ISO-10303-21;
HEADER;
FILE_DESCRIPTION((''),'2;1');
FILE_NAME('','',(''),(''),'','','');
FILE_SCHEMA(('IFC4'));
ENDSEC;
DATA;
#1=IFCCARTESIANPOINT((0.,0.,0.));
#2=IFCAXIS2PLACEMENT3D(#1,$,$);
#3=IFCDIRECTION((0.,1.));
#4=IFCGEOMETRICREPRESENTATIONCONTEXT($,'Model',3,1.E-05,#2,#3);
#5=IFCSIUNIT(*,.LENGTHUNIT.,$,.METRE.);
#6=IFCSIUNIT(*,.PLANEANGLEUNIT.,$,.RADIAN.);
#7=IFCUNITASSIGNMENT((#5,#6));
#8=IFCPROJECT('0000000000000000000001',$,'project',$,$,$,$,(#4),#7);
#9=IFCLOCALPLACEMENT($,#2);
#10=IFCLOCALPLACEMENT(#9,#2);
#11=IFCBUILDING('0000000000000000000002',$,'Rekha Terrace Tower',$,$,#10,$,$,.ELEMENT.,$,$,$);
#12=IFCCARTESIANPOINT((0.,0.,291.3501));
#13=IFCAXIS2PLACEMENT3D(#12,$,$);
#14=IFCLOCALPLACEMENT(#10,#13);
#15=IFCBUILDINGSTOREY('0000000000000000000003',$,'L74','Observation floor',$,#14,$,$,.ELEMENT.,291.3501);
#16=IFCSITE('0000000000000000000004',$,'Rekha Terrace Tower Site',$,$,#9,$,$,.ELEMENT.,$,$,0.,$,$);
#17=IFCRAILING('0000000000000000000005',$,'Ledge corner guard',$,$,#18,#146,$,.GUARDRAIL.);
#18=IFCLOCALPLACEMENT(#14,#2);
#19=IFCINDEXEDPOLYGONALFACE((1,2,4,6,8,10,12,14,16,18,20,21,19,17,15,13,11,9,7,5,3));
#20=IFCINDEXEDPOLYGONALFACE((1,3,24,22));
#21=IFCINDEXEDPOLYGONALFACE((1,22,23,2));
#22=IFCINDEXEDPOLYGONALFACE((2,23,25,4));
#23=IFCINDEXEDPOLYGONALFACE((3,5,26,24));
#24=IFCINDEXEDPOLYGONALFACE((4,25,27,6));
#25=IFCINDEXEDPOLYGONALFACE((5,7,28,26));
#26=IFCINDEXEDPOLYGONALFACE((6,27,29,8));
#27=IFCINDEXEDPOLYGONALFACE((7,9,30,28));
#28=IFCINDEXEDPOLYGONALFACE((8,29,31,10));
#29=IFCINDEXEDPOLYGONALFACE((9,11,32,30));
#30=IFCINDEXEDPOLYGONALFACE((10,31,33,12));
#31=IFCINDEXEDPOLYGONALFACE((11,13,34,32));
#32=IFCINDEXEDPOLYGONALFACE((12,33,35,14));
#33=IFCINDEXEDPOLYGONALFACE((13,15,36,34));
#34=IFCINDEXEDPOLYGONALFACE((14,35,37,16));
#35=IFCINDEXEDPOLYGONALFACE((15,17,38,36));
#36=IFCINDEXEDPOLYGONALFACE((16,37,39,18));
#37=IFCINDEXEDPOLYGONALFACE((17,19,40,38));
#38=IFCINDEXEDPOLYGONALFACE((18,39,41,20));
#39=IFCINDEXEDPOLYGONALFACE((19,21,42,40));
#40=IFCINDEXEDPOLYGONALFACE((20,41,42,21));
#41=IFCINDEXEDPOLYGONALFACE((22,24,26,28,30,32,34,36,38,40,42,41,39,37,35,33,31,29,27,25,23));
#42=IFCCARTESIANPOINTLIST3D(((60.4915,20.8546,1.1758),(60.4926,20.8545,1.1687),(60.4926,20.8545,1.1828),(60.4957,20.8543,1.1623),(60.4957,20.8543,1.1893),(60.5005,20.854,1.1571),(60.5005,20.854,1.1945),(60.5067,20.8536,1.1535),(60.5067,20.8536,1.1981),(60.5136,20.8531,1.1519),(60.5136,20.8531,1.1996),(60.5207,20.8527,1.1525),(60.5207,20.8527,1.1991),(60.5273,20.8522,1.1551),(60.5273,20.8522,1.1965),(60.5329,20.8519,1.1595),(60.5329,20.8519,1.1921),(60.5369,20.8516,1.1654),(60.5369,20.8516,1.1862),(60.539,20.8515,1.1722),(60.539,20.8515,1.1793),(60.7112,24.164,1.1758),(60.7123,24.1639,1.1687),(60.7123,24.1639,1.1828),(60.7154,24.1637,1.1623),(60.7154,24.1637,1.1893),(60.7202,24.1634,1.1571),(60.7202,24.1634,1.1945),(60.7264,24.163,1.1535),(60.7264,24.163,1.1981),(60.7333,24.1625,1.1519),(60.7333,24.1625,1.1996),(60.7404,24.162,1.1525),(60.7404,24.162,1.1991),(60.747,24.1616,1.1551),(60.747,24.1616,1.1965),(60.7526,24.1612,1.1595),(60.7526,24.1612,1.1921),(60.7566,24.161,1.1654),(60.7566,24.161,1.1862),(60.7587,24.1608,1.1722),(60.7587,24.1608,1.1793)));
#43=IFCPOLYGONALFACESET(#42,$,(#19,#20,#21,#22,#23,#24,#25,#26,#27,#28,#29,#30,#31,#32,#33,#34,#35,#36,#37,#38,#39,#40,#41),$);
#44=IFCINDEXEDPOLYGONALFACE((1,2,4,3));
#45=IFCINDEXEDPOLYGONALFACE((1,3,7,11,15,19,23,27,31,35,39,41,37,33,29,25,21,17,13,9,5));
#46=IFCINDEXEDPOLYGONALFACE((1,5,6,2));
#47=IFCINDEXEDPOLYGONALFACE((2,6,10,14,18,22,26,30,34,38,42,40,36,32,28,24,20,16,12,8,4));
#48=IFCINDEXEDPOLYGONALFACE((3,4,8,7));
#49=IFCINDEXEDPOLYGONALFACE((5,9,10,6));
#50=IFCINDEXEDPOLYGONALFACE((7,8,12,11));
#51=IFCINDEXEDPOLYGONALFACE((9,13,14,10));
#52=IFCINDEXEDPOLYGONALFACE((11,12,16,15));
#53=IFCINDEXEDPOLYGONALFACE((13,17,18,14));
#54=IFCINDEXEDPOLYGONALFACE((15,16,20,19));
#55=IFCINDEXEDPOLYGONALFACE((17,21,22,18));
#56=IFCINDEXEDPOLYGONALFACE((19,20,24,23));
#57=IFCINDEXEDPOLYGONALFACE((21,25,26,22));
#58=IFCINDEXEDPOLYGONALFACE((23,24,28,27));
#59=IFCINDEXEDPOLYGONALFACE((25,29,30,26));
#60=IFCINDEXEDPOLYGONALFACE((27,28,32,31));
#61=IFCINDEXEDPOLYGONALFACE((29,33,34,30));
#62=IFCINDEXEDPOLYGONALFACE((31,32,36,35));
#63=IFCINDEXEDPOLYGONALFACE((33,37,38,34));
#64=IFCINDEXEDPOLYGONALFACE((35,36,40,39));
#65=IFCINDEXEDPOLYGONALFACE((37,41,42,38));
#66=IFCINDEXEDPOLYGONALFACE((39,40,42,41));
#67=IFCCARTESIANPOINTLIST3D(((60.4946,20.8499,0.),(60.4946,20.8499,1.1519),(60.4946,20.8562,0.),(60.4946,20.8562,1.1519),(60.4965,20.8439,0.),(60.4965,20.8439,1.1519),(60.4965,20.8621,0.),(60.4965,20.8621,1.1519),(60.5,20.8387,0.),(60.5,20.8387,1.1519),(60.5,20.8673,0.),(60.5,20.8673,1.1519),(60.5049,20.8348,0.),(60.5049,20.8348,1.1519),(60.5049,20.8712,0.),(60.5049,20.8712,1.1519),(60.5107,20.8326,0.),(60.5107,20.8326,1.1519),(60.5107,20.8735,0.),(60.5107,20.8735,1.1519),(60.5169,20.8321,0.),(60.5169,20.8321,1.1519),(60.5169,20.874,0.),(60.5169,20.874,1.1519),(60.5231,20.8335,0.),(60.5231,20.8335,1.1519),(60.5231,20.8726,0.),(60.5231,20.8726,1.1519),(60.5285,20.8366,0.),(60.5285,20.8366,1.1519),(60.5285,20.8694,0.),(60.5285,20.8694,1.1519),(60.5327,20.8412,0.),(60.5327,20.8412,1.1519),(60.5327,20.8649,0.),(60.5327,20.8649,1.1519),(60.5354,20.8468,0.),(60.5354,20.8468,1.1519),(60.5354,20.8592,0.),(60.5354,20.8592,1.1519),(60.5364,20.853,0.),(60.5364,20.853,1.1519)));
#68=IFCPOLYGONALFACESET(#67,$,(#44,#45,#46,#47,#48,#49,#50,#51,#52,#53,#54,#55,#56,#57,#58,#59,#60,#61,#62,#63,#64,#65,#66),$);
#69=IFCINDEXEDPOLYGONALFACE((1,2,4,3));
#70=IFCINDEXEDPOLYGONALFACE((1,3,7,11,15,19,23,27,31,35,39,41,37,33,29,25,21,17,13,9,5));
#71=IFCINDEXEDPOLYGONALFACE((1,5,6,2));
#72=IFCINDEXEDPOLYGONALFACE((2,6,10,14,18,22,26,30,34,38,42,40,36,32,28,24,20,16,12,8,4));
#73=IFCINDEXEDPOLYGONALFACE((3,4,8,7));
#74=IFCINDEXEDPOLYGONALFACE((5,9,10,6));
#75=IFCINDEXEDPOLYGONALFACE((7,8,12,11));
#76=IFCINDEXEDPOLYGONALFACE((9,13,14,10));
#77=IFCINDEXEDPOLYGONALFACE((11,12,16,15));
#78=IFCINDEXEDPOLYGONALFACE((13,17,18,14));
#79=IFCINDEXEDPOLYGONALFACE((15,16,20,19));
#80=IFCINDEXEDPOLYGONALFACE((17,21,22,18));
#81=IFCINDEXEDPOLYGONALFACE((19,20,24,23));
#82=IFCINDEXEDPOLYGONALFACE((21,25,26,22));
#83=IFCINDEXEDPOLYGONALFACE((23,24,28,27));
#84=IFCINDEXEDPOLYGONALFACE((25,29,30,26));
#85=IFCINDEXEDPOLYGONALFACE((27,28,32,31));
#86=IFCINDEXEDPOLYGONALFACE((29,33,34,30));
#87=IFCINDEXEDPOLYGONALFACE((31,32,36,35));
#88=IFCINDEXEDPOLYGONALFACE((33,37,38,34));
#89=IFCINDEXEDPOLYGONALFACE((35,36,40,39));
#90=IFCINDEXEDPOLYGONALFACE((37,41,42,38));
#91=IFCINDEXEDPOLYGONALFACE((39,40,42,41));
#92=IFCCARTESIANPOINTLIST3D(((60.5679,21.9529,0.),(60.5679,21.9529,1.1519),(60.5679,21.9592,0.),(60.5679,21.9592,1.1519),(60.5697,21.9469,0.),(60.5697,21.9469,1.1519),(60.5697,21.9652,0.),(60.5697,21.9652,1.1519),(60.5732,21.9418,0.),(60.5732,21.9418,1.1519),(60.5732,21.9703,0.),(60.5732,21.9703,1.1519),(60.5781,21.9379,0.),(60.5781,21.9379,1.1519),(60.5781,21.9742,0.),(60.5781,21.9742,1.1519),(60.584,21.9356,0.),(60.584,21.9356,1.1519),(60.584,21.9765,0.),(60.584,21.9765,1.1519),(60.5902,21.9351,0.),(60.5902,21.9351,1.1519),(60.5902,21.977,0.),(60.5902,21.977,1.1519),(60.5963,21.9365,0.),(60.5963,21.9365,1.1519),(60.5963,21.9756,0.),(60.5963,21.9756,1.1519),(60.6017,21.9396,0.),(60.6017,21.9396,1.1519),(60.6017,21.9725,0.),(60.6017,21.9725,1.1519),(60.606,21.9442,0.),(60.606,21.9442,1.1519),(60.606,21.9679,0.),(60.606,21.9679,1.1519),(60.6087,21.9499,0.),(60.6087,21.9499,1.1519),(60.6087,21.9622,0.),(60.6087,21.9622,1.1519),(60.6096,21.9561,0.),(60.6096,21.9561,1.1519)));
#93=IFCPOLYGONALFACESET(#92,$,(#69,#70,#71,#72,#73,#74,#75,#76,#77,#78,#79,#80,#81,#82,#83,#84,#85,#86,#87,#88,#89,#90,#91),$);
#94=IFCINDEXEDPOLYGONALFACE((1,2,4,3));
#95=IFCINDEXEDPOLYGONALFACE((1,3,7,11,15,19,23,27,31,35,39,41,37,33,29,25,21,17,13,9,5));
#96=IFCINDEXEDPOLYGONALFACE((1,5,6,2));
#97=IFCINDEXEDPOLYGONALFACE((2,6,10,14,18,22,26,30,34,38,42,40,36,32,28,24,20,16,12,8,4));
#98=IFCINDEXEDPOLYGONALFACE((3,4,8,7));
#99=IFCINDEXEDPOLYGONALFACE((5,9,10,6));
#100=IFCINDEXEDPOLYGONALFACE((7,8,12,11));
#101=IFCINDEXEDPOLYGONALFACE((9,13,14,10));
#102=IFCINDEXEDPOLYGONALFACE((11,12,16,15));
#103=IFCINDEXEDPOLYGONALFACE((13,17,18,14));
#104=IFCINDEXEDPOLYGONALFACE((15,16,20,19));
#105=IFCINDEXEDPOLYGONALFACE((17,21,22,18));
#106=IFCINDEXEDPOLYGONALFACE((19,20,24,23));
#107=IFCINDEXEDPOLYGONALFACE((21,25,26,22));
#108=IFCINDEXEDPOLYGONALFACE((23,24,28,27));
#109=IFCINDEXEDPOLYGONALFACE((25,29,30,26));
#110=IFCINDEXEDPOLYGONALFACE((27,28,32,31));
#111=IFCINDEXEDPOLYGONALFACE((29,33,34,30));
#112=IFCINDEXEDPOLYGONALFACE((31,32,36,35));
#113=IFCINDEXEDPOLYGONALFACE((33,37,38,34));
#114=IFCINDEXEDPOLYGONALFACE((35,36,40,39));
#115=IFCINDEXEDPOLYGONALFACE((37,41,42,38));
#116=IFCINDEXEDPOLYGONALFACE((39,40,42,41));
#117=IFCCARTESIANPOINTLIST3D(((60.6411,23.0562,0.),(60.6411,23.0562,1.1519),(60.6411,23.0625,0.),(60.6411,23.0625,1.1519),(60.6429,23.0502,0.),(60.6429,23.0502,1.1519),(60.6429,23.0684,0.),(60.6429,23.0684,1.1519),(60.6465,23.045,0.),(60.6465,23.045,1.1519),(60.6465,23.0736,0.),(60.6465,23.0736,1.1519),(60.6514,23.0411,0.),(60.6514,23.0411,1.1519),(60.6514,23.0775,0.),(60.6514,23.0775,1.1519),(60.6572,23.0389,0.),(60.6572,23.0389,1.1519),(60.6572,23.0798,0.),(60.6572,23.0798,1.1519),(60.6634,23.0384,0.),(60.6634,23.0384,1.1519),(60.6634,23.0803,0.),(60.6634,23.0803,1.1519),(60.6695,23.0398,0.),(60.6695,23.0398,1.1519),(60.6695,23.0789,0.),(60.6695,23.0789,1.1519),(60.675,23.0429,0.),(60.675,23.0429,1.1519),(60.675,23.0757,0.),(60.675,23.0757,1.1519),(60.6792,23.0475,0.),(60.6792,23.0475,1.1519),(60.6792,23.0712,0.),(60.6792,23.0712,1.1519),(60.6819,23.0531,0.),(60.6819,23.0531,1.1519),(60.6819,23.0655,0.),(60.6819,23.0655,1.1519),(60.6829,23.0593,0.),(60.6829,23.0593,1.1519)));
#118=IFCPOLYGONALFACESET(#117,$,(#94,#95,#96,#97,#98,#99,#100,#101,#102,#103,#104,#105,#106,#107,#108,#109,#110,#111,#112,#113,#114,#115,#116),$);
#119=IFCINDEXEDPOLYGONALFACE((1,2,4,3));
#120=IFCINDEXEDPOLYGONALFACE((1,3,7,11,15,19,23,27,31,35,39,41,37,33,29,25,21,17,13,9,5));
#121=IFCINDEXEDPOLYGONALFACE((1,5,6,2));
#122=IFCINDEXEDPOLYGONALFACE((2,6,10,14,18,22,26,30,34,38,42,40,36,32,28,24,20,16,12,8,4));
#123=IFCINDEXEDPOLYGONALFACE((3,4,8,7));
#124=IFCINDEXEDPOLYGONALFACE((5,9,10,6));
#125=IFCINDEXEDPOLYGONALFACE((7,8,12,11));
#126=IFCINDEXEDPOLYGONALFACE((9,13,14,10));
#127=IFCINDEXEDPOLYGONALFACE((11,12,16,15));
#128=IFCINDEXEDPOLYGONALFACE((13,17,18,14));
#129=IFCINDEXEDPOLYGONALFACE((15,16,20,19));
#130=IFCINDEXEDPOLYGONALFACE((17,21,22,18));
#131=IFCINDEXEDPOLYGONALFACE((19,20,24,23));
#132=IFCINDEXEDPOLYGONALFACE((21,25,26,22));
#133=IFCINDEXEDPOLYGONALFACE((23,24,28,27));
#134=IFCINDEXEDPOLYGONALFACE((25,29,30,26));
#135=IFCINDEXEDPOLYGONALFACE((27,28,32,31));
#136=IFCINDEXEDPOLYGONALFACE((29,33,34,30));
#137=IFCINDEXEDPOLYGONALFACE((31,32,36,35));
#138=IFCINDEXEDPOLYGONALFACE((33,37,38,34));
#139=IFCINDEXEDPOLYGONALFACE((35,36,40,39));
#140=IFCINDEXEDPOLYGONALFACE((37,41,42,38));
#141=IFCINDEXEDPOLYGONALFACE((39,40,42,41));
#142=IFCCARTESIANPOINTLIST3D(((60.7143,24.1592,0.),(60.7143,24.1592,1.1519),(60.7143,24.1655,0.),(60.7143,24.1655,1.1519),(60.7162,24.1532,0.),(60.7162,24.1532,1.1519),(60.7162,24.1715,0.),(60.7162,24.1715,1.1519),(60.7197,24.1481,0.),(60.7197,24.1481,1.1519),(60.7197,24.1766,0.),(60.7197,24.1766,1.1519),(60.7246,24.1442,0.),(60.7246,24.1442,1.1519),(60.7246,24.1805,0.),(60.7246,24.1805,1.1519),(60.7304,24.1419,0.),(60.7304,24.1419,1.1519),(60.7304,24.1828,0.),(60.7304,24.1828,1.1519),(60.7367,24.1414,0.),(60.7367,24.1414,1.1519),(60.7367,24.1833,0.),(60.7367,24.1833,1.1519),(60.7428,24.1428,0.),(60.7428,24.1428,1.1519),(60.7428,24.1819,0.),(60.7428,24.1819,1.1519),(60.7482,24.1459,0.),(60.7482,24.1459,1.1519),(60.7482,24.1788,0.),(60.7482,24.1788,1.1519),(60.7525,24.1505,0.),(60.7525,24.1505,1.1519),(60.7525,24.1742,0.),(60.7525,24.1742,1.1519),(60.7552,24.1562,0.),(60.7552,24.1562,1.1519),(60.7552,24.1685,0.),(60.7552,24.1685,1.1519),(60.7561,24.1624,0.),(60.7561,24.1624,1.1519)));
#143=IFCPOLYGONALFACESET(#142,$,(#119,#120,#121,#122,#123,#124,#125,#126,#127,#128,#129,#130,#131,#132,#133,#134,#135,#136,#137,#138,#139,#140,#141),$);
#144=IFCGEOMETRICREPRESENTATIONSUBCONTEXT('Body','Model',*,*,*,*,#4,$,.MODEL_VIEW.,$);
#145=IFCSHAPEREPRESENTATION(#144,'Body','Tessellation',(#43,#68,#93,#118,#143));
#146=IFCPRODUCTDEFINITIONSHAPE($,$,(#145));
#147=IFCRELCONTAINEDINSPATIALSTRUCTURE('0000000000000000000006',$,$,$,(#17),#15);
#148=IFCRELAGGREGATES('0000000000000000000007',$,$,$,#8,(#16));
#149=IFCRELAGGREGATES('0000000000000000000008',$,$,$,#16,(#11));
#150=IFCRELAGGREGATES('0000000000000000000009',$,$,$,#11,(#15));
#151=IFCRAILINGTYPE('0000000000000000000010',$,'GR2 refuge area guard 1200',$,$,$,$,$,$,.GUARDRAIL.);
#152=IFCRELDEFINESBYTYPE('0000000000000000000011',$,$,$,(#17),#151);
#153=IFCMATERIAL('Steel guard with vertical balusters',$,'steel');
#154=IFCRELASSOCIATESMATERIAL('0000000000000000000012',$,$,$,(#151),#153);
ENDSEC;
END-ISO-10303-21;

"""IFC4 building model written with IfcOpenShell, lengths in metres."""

from ifc_helpers import new_model, si_unit, direction, frame, origin, origin_2d, place, context, subcontext, project, spatial, circle, extrude, material, type_object, element, save


model = new_model("IFC4")

# Units and contexts
model_context = context("Model", 3, precision=1e-05, world=origin(), true_north=direction((0.0, 1.0)))
body_context = subcontext(model_context, "Body", "Model", "MODEL_VIEW")
ifc_project = project(units=[si_unit("LENGTHUNIT", "METRE"), si_unit("PLANEANGLEUNIT", "RADIAN")], contexts=[model_context])

# Site, building, storey
site_placement = place(None, origin())
site = spatial("IfcSite", under=ifc_project, at=site_placement, Name="Rekha Terrace Tower Site", CompositionType="ELEMENT", RefElevation=0.0)
building_placement = place(site_placement, origin())
building = spatial("IfcBuilding", under=site, at=building_placement, Name="Rekha Terrace Tower", CompositionType="ELEMENT")
storey_placement = place(building_placement, frame((0.0, 0.0, 291.3501)))
storey = spatial("IfcBuildingStorey", under=building, at=storey_placement, Name="L74", Description="Observation floor", CompositionType="ELEMENT", Elevation=291.3501)

# Railing
ifc_material_1 = material(Name="Steel guard with vertical balusters", Category="steel")
railing_type_1 = type_object("IfcRailingType", Name="GR2 refuge area guard 1200", PredefinedType="GUARDRAIL", material=ifc_material_1)
railing_1_placement = place(storey_placement, frame((60.5154, 20.853, 0.0)))
element("IfcRailing", 1, at=railing_1_placement, inside=storey, type_object=railing_type_1, Name="Ledge corner guard", PredefinedType="GUARDRAIL", context=body_context, shape_type="SweptSolid", body=[
    extrude(circle(Radius=0.0239, at=origin_2d()), frame((0.0, 0.0, 1.1758), z_axis=(0.06625, 0.997803, 0.0), x_axis=(-0.997803, 0.06625, 0.0)), (0.0, 0.0, 1.0), 3.3167),
    extrude(circle(Radius=0.021, at=origin_2d()), origin(), (0.0, 0.0, 1.0), 1.1519),
    extrude(circle(Radius=0.021, at=origin_2d()), frame((0.0732, 1.103, 0.0)), (0.0, 0.0, 1.0), 1.1519),
    extrude(circle(Radius=0.021, at=origin_2d()), frame((0.1465, 2.2063, 0.0)), (0.0, 0.0, 1.0), 1.1519),
    extrude(circle(Radius=0.021, at=origin_2d()), frame((0.2197, 3.3093, 0.0)), (0.0, 0.0, 1.0), 1.1519),
])

save(model, "model.ifc")
